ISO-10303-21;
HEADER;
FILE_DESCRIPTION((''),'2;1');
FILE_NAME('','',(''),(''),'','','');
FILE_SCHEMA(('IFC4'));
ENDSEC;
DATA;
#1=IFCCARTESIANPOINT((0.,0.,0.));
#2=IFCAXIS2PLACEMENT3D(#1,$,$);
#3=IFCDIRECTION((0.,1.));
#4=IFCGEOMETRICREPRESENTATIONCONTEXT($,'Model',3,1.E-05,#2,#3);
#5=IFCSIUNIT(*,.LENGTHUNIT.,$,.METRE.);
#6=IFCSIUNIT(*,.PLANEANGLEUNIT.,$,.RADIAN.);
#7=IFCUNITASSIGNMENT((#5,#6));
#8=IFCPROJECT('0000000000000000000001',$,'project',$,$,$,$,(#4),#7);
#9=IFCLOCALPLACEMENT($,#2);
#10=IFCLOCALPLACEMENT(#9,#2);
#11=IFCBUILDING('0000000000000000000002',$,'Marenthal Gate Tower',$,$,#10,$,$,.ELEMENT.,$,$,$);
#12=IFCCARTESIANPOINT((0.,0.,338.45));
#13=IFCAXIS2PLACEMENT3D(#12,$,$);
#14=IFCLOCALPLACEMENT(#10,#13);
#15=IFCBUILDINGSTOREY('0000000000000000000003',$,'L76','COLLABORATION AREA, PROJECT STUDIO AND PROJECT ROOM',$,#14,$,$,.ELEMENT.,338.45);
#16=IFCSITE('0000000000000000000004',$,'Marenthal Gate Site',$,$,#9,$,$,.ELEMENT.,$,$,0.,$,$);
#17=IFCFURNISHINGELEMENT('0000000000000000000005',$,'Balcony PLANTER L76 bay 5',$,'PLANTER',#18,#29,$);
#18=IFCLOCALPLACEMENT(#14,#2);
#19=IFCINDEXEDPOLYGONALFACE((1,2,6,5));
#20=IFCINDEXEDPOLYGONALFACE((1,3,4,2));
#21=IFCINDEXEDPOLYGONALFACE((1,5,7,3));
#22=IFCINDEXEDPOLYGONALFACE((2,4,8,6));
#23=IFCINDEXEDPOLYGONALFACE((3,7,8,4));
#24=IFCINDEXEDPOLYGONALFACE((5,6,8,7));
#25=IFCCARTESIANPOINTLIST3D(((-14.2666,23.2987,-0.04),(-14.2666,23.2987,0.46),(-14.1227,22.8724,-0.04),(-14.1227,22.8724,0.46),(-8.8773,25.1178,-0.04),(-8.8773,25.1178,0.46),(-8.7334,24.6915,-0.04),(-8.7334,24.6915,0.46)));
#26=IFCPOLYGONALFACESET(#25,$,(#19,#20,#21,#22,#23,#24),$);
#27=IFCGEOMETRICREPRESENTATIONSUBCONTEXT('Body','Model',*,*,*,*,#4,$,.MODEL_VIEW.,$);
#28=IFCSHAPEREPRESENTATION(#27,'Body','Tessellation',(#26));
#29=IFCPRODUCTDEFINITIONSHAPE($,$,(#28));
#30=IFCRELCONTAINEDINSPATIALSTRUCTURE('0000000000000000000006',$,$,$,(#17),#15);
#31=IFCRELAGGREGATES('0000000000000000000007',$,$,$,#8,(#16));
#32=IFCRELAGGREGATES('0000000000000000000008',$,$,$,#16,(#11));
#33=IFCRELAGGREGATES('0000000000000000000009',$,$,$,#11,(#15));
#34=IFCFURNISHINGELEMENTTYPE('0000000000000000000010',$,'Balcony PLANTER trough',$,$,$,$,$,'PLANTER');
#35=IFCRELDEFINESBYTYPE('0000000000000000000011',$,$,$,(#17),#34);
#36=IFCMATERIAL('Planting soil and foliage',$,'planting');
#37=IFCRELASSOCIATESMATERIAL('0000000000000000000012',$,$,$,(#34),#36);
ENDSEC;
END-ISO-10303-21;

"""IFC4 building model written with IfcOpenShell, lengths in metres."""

from ifc_helpers import new_model, si_unit, direction, frame, origin, origin_2d, place, context, subcontext, project, spatial, rectangle, extrude, material, type_object, element, save


model = new_model("IFC4")

# Units and contexts
model_context = context("Model", 3, precision=1e-05, world=origin(), true_north=direction((0.0, 1.0)))
body_context = subcontext(model_context, "Body", "Model", "MODEL_VIEW")
ifc_project = project(units=[si_unit("LENGTHUNIT", "METRE"), si_unit("PLANEANGLEUNIT", "RADIAN")], contexts=[model_context])

# Site, building, storey
site_placement = place(None, origin())
site = spatial("IfcSite", under=ifc_project, at=site_placement, Name="Marenthal Gate Site", CompositionType="ELEMENT", RefElevation=0.0)
building_placement = place(site_placement, origin())
building = spatial("IfcBuilding", under=site, at=building_placement, Name="Marenthal Gate Tower", CompositionType="ELEMENT")
storey_placement = place(building_placement, frame((0.0, 0.0, 338.45)))
storey = spatial("IfcBuildingStorey", under=building, at=storey_placement, Name="L76", Description="COLLABORATION AREA, PROJECT STUDIO AND PROJECT ROOM", CompositionType="ELEMENT", Elevation=338.45)

# Furnishing element
ifc_material_1 = material(Name="Planting soil and foliage", Category="planting")
furnishing_element_type = type_object("IfcFurnishingElementType", Name="Balcony PLANTER trough", ElementType="PLANTER", material=ifc_material_1)
furnishing_placement = place(storey_placement, frame((-11.5, 23.9951, -0.04), z_axis=(0.0, 0.0, 1.0), x_axis=(-0.947479, -0.319818, 0.0)))
element("IfcFurnishingElement", 1, at=furnishing_placement, inside=storey, type_object=furnishing_element_type, Name="Balcony PLANTER L76 bay 5", ObjectType="PLANTER", context=body_context, shape_type="SweptSolid", body=[
    extrude(rectangle(XDim=5.688, YDim=0.45, at=origin_2d()), origin(), (0.0, 0.0, 1.0), 0.5),
])

save(model, "model.ifc")
